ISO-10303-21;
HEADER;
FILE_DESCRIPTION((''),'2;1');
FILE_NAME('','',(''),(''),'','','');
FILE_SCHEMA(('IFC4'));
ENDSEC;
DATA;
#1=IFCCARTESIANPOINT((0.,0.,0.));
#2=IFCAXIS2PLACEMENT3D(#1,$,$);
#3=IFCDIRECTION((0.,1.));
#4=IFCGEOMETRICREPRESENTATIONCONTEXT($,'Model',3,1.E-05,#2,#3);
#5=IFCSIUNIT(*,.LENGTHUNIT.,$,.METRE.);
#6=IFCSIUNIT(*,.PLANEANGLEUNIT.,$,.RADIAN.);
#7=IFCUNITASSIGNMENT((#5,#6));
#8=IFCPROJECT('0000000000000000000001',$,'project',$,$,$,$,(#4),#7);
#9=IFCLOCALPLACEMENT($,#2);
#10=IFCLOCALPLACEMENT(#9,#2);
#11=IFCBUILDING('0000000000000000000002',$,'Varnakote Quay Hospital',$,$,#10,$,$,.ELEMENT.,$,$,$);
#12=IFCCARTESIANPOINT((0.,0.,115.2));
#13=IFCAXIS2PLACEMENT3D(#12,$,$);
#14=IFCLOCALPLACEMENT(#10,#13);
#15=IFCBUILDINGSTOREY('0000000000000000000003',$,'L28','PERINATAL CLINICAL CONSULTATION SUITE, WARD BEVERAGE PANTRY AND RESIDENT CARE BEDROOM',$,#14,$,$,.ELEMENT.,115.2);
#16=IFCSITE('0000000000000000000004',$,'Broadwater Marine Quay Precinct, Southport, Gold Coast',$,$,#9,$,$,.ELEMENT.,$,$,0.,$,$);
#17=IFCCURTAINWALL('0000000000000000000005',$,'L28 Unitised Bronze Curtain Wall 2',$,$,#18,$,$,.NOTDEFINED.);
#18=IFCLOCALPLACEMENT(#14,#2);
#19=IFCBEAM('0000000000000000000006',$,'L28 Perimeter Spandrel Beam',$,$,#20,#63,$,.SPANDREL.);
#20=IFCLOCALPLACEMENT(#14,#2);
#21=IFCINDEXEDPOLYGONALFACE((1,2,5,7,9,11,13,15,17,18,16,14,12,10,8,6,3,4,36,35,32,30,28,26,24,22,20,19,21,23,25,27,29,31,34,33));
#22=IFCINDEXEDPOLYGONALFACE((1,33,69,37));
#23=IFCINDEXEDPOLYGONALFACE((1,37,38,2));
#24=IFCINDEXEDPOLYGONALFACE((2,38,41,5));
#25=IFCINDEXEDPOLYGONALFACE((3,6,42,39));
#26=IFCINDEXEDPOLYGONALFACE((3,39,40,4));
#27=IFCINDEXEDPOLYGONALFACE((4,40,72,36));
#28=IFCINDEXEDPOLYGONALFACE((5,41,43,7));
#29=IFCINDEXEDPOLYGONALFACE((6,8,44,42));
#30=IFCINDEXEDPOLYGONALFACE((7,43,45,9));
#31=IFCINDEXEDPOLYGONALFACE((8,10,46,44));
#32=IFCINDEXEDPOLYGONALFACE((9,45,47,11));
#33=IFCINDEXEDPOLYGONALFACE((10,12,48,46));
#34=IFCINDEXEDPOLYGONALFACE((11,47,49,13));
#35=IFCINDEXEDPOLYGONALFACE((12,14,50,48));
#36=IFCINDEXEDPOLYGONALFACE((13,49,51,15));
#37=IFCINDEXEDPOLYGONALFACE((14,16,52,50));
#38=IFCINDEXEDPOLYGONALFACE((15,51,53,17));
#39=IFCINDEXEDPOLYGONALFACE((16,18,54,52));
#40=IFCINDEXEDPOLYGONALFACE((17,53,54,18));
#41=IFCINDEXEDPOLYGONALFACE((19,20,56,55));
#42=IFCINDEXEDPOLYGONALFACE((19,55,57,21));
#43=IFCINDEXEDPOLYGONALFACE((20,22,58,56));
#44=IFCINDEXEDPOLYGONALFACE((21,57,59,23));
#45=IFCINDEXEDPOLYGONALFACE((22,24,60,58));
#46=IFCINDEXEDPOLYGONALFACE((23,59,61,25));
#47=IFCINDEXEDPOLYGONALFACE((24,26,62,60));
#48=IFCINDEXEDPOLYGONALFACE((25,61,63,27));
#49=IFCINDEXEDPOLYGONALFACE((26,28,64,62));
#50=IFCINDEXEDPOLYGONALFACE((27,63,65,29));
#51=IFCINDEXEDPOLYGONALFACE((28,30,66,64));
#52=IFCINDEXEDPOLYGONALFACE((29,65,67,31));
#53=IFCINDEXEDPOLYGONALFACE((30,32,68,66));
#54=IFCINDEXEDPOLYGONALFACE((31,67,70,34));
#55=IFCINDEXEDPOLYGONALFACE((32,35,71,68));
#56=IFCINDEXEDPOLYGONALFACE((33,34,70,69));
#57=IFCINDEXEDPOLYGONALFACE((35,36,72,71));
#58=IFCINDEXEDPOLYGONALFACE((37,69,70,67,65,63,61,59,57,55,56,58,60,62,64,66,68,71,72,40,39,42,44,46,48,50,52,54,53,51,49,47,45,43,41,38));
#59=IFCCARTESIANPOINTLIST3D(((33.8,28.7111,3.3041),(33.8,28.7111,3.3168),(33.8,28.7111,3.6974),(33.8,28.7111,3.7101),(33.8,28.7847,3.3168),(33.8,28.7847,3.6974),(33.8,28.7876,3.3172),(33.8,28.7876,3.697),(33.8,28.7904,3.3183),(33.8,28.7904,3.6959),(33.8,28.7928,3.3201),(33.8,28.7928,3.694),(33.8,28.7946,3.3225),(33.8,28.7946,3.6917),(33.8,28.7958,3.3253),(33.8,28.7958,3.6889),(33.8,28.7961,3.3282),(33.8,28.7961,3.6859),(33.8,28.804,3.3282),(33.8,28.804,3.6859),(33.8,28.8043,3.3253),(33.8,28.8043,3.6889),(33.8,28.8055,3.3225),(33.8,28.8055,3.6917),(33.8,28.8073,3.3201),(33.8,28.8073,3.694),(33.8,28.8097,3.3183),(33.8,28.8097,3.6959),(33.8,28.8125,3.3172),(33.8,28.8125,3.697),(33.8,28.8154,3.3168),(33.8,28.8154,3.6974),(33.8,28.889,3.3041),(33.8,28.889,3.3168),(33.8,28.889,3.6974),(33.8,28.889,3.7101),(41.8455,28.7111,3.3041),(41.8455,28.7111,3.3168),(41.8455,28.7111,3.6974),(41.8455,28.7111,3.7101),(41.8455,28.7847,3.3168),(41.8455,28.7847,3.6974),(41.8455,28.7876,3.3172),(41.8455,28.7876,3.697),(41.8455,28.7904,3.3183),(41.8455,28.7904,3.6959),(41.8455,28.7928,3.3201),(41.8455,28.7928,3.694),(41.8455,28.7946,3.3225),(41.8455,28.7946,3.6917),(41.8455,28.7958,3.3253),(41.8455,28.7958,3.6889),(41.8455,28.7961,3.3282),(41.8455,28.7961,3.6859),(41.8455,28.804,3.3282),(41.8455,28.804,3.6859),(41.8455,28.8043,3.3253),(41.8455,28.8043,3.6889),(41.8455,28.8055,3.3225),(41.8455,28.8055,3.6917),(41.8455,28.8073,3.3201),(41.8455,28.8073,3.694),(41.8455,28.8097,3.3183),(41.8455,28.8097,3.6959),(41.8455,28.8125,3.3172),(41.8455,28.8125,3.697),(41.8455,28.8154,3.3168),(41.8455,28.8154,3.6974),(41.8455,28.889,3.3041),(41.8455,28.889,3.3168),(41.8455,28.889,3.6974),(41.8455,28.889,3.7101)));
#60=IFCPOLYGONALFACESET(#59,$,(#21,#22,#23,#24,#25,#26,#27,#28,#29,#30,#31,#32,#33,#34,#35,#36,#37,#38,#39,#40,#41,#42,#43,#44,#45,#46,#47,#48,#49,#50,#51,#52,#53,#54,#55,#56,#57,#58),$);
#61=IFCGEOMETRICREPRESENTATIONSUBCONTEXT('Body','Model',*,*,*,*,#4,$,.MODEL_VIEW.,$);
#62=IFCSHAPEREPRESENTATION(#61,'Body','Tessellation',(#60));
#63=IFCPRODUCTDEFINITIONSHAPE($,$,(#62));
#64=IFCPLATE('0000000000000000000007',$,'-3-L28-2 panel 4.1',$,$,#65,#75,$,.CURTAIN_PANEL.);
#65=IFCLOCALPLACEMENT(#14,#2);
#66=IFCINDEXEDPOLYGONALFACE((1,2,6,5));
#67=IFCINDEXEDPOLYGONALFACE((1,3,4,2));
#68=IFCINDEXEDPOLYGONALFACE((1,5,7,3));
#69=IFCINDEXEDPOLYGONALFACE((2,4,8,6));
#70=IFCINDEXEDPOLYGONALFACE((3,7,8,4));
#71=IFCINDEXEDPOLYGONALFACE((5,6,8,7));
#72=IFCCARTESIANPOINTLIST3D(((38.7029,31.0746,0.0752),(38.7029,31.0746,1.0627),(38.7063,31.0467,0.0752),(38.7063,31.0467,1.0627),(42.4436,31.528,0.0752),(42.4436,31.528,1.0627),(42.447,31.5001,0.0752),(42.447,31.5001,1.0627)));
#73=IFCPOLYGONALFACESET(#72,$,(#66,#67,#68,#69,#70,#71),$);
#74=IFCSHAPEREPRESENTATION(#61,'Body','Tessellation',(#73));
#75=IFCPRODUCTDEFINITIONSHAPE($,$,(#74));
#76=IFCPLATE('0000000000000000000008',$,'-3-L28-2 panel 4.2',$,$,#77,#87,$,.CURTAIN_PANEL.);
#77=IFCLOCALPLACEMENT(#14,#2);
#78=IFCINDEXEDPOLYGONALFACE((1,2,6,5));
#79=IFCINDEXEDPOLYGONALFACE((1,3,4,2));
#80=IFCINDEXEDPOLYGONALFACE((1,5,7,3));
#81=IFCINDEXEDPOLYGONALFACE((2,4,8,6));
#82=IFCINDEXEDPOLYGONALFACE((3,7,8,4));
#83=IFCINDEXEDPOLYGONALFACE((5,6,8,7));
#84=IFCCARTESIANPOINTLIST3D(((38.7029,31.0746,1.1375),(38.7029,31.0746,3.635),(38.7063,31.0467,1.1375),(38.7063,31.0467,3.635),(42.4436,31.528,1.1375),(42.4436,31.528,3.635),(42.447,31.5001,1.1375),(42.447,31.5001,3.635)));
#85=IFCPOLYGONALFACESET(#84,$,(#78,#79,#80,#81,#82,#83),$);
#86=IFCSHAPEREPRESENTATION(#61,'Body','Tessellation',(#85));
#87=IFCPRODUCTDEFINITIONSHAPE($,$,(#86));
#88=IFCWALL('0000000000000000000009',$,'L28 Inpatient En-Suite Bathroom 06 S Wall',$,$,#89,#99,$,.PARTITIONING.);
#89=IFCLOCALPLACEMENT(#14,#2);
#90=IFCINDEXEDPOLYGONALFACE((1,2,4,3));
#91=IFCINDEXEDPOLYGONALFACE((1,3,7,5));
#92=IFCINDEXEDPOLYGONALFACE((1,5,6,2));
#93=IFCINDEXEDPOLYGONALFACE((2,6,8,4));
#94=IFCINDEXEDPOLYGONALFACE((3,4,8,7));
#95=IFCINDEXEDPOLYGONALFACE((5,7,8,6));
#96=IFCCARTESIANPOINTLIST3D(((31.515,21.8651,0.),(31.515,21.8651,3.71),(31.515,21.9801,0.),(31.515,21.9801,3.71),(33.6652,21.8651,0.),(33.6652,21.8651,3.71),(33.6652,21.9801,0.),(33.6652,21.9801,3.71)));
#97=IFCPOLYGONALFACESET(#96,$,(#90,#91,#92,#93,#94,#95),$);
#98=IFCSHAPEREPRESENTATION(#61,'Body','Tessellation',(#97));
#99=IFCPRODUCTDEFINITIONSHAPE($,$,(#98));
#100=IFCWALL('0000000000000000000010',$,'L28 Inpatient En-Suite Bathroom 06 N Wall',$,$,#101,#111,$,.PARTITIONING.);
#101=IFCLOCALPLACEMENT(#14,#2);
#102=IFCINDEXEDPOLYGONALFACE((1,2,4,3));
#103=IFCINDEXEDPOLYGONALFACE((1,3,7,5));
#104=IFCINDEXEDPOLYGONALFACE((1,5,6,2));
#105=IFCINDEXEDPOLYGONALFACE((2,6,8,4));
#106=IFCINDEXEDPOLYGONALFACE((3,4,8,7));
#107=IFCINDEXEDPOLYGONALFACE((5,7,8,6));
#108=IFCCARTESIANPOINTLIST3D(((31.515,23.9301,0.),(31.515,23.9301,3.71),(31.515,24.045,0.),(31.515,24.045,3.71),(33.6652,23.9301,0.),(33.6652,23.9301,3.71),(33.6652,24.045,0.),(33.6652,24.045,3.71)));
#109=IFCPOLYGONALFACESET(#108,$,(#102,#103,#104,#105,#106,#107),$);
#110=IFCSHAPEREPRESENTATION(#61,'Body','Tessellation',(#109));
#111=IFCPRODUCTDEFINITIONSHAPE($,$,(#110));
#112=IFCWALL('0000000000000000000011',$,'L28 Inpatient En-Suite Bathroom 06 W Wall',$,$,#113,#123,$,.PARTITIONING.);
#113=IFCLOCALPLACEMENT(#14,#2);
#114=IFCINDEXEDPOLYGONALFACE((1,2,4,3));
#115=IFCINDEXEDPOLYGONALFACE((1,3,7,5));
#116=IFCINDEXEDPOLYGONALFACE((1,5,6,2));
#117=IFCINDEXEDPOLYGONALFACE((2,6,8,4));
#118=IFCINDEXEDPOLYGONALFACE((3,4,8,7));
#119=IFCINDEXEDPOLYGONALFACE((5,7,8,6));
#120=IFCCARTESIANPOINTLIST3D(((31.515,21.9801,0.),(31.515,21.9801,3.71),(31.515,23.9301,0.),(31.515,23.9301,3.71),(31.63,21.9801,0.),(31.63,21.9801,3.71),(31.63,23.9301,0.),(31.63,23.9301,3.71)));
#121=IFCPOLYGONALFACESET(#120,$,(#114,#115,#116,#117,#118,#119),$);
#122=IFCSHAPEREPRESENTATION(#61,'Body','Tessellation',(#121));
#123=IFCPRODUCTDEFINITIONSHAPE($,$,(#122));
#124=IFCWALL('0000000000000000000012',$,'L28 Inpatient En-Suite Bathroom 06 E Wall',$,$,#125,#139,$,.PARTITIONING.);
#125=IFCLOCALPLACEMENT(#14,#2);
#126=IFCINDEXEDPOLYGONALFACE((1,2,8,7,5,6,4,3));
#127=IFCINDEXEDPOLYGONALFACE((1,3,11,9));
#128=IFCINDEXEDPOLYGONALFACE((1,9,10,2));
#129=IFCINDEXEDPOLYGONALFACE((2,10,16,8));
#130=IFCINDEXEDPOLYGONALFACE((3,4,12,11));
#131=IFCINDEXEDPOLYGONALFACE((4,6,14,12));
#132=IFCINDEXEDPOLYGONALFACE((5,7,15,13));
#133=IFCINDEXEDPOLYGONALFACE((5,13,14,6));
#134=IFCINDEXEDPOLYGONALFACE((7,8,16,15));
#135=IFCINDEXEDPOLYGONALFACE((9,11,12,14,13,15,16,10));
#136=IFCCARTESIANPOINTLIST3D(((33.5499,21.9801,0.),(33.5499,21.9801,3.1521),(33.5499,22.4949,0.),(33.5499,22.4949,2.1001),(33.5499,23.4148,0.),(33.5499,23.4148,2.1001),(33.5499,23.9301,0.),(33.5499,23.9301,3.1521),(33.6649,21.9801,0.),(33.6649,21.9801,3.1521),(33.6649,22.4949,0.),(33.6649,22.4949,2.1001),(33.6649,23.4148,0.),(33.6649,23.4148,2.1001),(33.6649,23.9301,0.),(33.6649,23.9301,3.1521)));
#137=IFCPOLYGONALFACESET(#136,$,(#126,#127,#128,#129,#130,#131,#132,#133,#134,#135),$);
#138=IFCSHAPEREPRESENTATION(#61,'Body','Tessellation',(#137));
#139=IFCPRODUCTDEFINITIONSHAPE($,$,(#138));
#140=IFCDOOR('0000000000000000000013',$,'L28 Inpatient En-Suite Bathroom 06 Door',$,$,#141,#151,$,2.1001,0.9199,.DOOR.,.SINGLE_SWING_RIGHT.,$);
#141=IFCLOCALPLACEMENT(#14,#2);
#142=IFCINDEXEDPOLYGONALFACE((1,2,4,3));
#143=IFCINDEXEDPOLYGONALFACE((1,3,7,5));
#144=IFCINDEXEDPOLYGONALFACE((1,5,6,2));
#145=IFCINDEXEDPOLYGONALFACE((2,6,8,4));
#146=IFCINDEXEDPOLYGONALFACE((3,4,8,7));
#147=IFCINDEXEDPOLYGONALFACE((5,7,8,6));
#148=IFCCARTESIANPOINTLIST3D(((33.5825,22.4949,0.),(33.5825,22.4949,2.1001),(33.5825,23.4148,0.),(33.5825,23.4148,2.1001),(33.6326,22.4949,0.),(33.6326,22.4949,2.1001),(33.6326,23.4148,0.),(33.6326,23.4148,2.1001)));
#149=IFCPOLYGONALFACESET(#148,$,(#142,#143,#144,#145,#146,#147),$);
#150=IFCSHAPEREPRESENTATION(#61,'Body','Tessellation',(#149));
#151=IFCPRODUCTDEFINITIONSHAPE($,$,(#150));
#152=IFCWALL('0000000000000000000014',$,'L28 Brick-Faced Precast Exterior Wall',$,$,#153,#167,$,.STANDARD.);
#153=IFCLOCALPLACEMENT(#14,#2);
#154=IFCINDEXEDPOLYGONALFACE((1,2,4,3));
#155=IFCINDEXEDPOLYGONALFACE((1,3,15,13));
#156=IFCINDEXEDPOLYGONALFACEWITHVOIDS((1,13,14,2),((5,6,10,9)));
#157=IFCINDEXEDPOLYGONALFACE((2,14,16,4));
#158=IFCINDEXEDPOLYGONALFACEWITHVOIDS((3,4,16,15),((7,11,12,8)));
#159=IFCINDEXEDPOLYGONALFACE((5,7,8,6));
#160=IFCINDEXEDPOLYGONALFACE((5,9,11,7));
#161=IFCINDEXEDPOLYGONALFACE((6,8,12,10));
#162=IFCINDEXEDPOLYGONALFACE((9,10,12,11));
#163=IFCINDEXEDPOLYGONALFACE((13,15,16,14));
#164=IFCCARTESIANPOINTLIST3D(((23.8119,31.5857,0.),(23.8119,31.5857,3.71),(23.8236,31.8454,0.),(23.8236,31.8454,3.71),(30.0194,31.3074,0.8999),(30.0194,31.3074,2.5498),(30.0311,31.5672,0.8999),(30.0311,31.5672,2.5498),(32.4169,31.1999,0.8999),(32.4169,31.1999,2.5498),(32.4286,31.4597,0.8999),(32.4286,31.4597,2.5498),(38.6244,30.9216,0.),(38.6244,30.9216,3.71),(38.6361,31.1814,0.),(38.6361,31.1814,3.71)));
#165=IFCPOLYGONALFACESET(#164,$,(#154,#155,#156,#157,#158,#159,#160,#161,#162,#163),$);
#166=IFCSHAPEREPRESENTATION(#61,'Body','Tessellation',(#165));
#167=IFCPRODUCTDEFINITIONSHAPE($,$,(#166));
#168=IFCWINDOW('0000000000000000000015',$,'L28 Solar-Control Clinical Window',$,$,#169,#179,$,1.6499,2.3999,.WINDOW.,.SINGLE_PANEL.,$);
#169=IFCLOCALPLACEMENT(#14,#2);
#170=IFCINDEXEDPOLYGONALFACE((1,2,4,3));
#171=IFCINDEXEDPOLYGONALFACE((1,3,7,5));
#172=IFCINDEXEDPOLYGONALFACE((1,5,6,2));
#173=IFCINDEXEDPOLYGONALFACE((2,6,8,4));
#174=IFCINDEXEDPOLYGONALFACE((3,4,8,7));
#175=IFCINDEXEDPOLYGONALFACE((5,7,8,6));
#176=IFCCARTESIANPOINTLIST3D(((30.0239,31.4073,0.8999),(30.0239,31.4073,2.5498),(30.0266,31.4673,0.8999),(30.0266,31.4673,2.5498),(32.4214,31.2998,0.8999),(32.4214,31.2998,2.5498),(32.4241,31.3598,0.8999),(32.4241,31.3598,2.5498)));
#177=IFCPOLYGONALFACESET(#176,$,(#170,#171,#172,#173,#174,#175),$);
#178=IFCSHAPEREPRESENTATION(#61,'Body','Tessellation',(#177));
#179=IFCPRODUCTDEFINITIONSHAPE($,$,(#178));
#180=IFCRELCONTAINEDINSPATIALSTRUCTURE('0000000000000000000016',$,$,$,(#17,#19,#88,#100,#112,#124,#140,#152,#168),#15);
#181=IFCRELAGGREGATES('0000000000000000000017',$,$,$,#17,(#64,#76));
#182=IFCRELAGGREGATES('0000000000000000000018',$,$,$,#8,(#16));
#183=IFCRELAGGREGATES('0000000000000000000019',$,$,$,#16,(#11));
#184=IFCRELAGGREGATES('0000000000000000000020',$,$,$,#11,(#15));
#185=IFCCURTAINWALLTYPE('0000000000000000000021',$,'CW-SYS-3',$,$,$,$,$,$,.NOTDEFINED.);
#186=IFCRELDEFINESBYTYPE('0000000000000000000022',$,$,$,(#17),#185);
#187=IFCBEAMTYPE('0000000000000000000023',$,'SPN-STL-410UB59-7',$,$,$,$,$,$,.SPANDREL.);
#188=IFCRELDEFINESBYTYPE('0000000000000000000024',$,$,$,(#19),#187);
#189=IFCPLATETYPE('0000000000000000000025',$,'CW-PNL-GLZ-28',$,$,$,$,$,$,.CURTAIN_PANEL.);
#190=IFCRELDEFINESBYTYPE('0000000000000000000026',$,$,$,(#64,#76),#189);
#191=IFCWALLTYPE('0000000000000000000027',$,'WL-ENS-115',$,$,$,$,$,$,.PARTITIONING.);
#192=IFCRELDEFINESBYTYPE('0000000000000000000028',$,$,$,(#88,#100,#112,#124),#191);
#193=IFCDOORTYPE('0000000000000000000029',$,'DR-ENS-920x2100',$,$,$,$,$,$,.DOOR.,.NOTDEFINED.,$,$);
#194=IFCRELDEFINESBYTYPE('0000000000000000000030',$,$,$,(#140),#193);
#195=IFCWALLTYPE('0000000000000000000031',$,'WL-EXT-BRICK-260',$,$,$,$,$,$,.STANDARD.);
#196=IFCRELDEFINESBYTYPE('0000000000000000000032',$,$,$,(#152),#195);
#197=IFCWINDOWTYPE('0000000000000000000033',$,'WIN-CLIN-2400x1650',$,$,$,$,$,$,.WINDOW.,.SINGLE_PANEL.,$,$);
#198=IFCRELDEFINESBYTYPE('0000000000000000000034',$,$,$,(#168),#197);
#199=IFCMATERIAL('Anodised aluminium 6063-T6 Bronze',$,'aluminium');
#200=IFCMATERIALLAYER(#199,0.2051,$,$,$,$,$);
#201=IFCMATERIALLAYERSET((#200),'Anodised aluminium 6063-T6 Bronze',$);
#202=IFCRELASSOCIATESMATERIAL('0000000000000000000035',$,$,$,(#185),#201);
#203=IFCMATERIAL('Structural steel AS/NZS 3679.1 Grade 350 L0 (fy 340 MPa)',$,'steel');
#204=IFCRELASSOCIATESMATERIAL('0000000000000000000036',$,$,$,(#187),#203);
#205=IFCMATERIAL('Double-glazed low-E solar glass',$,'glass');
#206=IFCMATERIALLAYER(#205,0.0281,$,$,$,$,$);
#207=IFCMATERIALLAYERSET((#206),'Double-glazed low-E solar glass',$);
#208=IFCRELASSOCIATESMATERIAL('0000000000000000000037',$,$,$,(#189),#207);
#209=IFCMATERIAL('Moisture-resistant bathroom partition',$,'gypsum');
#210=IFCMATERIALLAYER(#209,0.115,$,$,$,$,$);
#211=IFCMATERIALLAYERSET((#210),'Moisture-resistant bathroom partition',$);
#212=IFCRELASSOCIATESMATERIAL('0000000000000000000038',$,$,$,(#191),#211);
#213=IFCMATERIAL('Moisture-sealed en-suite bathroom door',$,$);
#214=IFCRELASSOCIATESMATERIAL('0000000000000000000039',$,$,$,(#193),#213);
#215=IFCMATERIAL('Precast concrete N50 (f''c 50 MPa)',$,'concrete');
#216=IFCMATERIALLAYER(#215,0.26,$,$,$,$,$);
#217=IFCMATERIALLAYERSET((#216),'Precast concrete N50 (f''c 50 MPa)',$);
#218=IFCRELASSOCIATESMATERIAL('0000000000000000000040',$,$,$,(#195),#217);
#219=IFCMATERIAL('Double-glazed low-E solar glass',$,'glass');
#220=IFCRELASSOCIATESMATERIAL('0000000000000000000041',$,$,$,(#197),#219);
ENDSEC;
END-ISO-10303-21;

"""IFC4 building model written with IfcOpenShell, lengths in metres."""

from ifc_helpers import new_model, si_unit, direction, frame, frame_2d, origin, origin_2d, place, context, subcontext, project, spatial, rectangle, i_section, extrude, material, layer, layer_set, material_profile, profile_set, type_object, element, fill, aggregate, save


model = new_model("IFC4")

# Units and contexts
model_context = context("Model", 3, precision=1e-05, world=origin(), true_north=direction((0.0, 1.0)))
body_context = subcontext(model_context, "Body", "Model", "MODEL_VIEW")
ifc_project = project(units=[si_unit("LENGTHUNIT", "METRE"), si_unit("PLANEANGLEUNIT", "RADIAN")], contexts=[model_context])

# Site, building, storey
site_placement = place(None, origin())
site = spatial("IfcSite", under=ifc_project, at=site_placement, Name="Broadwater Marine Quay Precinct, Southport, Gold Coast", CompositionType="ELEMENT", RefElevation=0.0)
building_placement = place(site_placement, origin())
building = spatial("IfcBuilding", under=site, at=building_placement, Name="Varnakote Quay Hospital", CompositionType="ELEMENT")
storey_placement = place(building_placement, frame((0.0, 0.0, 115.2)))
storey = spatial("IfcBuildingStorey", under=building, at=storey_placement, Name="L28", Description="PERINATAL CLINICAL CONSULTATION SUITE, WARD BEVERAGE PANTRY AND RESIDENT CARE BEDROOM", CompositionType="ELEMENT", Elevation=115.2)

# Curtain wall
ifc_material_1 = material(Name="Anodised aluminium 6063-T6 Bronze", Category="aluminium")
ifc_layer_1 = layer(ifc_material_1, 0.2051)
ifc_layer_set_1 = layer_set([ifc_layer_1], Name="Anodised aluminium 6063-T6 Bronze")
curtain_wall_type = type_object("IfcCurtainWallType", Name="CW-SYS-3", PredefinedType="NOTDEFINED", material=ifc_layer_set_1)
curtain_wall_placement = place(storey_placement, origin())
curtain_wall = element("IfcCurtainWall", 1, at=curtain_wall_placement, inside=storey, type_object=curtain_wall_type, Name="L28 Unitised Bronze Curtain Wall 2", PredefinedType="NOTDEFINED")

# Beam
ifc_material_2 = material(Name="Structural steel AS/NZS 3679.1 Grade 350 L0 (fy 340 MPa)", Category="steel")
ifc_material_profile_1 = material_profile(ifc_material_2, i_section(OverallWidth=0.178, OverallDepth=0.406, WebThickness=0.0078, FlangeThickness=0.0127, FilletRadius=0.0115, at=origin_2d()), Name="410UB59.7")
ifc_profile_set_1 = profile_set([ifc_material_profile_1], Name="Structural steel AS/NZS 3679.1 Grade 350 L0 (fy 340 MPa)")
beam_type_1 = type_object("IfcBeamType", Name="SPN-STL-410UB59-7", PredefinedType="SPANDREL", material=ifc_profile_set_1)
beam_1_placement = place(storey_placement, frame((33.8, 28.8, 3.5071), z_axis=(1.0, 0.0, 0.0), x_axis=(0.0, 1.0, 0.0)))
element("IfcBeam", 2, at=beam_1_placement, inside=storey, type_object=beam_type_1, Name="L28 Perimeter Spandrel Beam", PredefinedType="SPANDREL", context=body_context, shape_type="SweptSolid", body=[
    extrude(i_section(OverallWidth=0.178, OverallDepth=0.406, WebThickness=0.0078, FlangeThickness=0.0127, FilletRadius=0.0115, at=origin_2d()), origin(), (0.0, 0.0, 1.0), 8.0454),
])

# Plates
ifc_material_3 = material(Name="Double-glazed low-E solar glass", Category="glass")
ifc_layer_2 = layer(ifc_material_3, 0.0281)
ifc_layer_set_2 = layer_set([ifc_layer_2], Name="Double-glazed low-E solar glass")
plate_type = type_object("IfcPlateType", Name="CW-PNL-GLZ-28", PredefinedType="CURTAIN_PANEL", material=ifc_layer_set_2)
plate_1_placement = place(storey_placement, frame((40.575, 31.2874, 0.0752), z_axis=(0.0, 0.0, 1.0), x_axis=(-0.992734, -0.120327, 0.0)))
plate_1 = element("IfcPlate", 3, at=plate_1_placement, type_object=plate_type, Name="-3-L28-2 panel 4.1", PredefinedType="CURTAIN_PANEL", context=body_context, shape_type="SweptSolid", body=[
    extrude(rectangle(XDim=3.7681, YDim=0.0281, at=origin_2d()), origin(), (0.0, 0.0, 1.0), 0.9875),
])
plate_2_placement = place(storey_placement, frame((40.575, 31.2874, 1.1375), z_axis=(0.0, 0.0, 1.0), x_axis=(-0.992734, -0.120327, 0.0)))
plate_2 = element("IfcPlate", 4, at=plate_2_placement, type_object=plate_type, Name="-3-L28-2 panel 4.2", PredefinedType="CURTAIN_PANEL", context=body_context, shape_type="SweptSolid", body=[
    extrude(rectangle(XDim=3.7681, YDim=0.0281, at=origin_2d()), origin(), (0.0, 0.0, 1.0), 2.4976),
])
aggregate(curtain_wall, [plate_1, plate_2])

# Walls
ifc_material_4 = material(Name="Moisture-resistant bathroom partition", Category="gypsum")
ifc_layer_3 = layer(ifc_material_4, 0.115)
ifc_layer_set_3 = layer_set([ifc_layer_3], Name="Moisture-resistant bathroom partition")
wall_type_1 = type_object("IfcWallType", Name="WL-ENS-115", PredefinedType="PARTITIONING", material=ifc_layer_set_3)
for number, where, z_axis, x_axis, name in (
    (5, (31.5149, 21.9226, 0.0), (0.0, 0.0, 1.0), (1.0, 0.0, 0.0), "L28 Inpatient En-Suite Bathroom 06 S Wall"),
    (6, (31.5149, 23.9875, 0.0), (0.0, 0.0, 1.0), (1.0, 0.0, 0.0), "L28 Inpatient En-Suite Bathroom 06 N Wall"),
):
    element("IfcWall", number, at=place(storey_placement, frame(where, z_axis=z_axis, x_axis=x_axis)), inside=storey, type_object=wall_type_1, Name=name, PredefinedType="PARTITIONING", context=body_context, shape_type="SweptSolid", body=[
        extrude(rectangle(XDim=2.1501, YDim=0.115, at=frame_2d((1.0752, 0.0))), origin(), (0.0, 0.0, 1.0), 3.71),
    ])
wall_1_placement = place(storey_placement, frame((31.5725, 21.98, 0.0), z_axis=(0.0, 0.0, 1.0), x_axis=(0.0, 1.0, 0.0)))
element("IfcWall", 7, at=wall_1_placement, inside=storey, type_object=wall_type_1, Name="L28 Inpatient En-Suite Bathroom 06 W Wall", PredefinedType="PARTITIONING", context=body_context, shape_type="SweptSolid", body=[
    extrude(rectangle(XDim=1.95, YDim=0.115, at=frame_2d((0.9751, 0.0))), origin(), (0.0, 0.0, 1.0), 3.71),
])

# Wall, opening, door
wall_2_placement = place(storey_placement, frame((33.6074, 21.98, 0.0), z_axis=(0.0, 0.0, 1.0), x_axis=(0.0, 1.0, 0.0)))
wall_2 = element("IfcWall", 8, at=wall_2_placement, inside=storey, type_object=wall_type_1, Name="L28 Inpatient En-Suite Bathroom 06 E Wall", PredefinedType="PARTITIONING", context=body_context, shape_type="SweptSolid", body=[
    extrude(rectangle(XDim=1.95, YDim=0.115, at=frame_2d((0.9751, 0.0))), origin(), (0.0, 0.0, 1.0), 3.1521),
])
opening_1_placement = place(wall_2_placement, frame((0.5149, 0.0, 0.0)))
opening_1 = element("IfcOpeningElement", 9, at=opening_1_placement, cuts=wall_2, PredefinedType="OPENING", context=body_context, shape_type="SweptSolid", body=[
    extrude(rectangle(XDim=0.9199, YDim=2.1001, at=frame_2d((0.46, 1.05))), frame((0.0, 0.0674, 0.0), z_axis=(0.0, -1.0, 0.0), x_axis=(1.0, 0.0, 0.0)), (0.0, 0.0, 1.0), 0.135),
])
ifc_material_5 = material(Name="Moisture-sealed en-suite bathroom door")
door_type_1 = type_object("IfcDoorType", Name="DR-ENS-920x2100", OperationType="NOTDEFINED", PredefinedType="DOOR", material=ifc_material_5)
door_1_placement = place(opening_1_placement, origin())
door_1 = element("IfcDoor", 10, at=door_1_placement, inside=storey, type_object=door_type_1, Name="L28 Inpatient En-Suite Bathroom 06 Door", OperationType="SINGLE_SWING_RIGHT", OverallHeight=2.1001, OverallWidth=0.9199, PredefinedType="DOOR", context=body_context, shape_type="SweptSolid", body=[
    extrude(rectangle(XDim=0.9199, YDim=2.1001, at=frame_2d((0.46, 1.05))), frame((0.0, 0.0249, 0.0), z_axis=(0.0, -1.0, 0.0), x_axis=(1.0, 0.0, 0.0)), (0.0, 0.0, 1.0), 0.05),
])
fill(opening_1, door_1)

# Wall, opening, window
ifc_material_6 = material(Name="Precast concrete N50 (f'c 50 MPa)", Category="concrete")
ifc_layer_4 = layer(ifc_material_6, 0.26)
ifc_layer_set_4 = layer_set([ifc_layer_4], Name="Precast concrete N50 (f'c 50 MPa)")
wall_type_2 = type_object("IfcWallType", Name="WL-EXT-BRICK-260", PredefinedType="STANDARD", material=ifc_layer_set_4)
wall_3_placement = place(storey_placement, frame((38.6301, 31.0515, 0.0), z_axis=(0.0, 0.0, 1.0), x_axis=(-0.998997, 0.044786, 0.0)))
wall_3 = element("IfcWall", 11, at=wall_3_placement, inside=storey, type_object=wall_type_2, Name="L28 Brick-Faced Precast Exterior Wall", PredefinedType="STANDARD", context=body_context, shape_type="SweptSolid", body=[
    extrude(rectangle(XDim=14.8274, YDim=0.26, at=frame_2d((7.4136, 0.0))), origin(), (0.0, 0.0, 1.0), 3.71),
])
opening_2_placement = place(wall_3_placement, frame((6.2136, 0.0, 0.8999)))
opening_2 = element("IfcOpeningElement", 12, at=opening_2_placement, cuts=wall_3, PredefinedType="OPENING", context=body_context, shape_type="SweptSolid", body=[
    extrude(rectangle(XDim=2.3999, YDim=1.6499, at=frame_2d((1.2, 0.825))), frame((0.0, 0.1399, 0.0), z_axis=(0.0, -1.0, 0.0), x_axis=(1.0, 0.0, 0.0)), (0.0, 0.0, 1.0), 0.28),
])
ifc_material_7 = material(Name="Double-glazed low-E solar glass", Category="glass")
window_type = type_object("IfcWindowType", Name="WIN-CLIN-2400x1650", PartitioningType="SINGLE_PANEL", PredefinedType="WINDOW", material=ifc_material_7)
window_placement = place(opening_2_placement, origin())
window = element("IfcWindow", 13, at=window_placement, inside=storey, type_object=window_type, Name="L28 Solar-Control Clinical Window", OverallHeight=1.6499, OverallWidth=2.3999, PartitioningType="SINGLE_PANEL", PredefinedType="WINDOW", context=body_context, shape_type="SweptSolid", body=[
    extrude(rectangle(XDim=2.3999, YDim=1.6499, at=frame_2d((1.2, 0.825))), frame((0.0, 0.03, 0.0), z_axis=(0.0, -1.0, 0.0), x_axis=(1.0, 0.0, 0.0)), (0.0, 0.0, 1.0), 0.0601),
])
fill(opening_2, window)

save(model, "model.ifc")
